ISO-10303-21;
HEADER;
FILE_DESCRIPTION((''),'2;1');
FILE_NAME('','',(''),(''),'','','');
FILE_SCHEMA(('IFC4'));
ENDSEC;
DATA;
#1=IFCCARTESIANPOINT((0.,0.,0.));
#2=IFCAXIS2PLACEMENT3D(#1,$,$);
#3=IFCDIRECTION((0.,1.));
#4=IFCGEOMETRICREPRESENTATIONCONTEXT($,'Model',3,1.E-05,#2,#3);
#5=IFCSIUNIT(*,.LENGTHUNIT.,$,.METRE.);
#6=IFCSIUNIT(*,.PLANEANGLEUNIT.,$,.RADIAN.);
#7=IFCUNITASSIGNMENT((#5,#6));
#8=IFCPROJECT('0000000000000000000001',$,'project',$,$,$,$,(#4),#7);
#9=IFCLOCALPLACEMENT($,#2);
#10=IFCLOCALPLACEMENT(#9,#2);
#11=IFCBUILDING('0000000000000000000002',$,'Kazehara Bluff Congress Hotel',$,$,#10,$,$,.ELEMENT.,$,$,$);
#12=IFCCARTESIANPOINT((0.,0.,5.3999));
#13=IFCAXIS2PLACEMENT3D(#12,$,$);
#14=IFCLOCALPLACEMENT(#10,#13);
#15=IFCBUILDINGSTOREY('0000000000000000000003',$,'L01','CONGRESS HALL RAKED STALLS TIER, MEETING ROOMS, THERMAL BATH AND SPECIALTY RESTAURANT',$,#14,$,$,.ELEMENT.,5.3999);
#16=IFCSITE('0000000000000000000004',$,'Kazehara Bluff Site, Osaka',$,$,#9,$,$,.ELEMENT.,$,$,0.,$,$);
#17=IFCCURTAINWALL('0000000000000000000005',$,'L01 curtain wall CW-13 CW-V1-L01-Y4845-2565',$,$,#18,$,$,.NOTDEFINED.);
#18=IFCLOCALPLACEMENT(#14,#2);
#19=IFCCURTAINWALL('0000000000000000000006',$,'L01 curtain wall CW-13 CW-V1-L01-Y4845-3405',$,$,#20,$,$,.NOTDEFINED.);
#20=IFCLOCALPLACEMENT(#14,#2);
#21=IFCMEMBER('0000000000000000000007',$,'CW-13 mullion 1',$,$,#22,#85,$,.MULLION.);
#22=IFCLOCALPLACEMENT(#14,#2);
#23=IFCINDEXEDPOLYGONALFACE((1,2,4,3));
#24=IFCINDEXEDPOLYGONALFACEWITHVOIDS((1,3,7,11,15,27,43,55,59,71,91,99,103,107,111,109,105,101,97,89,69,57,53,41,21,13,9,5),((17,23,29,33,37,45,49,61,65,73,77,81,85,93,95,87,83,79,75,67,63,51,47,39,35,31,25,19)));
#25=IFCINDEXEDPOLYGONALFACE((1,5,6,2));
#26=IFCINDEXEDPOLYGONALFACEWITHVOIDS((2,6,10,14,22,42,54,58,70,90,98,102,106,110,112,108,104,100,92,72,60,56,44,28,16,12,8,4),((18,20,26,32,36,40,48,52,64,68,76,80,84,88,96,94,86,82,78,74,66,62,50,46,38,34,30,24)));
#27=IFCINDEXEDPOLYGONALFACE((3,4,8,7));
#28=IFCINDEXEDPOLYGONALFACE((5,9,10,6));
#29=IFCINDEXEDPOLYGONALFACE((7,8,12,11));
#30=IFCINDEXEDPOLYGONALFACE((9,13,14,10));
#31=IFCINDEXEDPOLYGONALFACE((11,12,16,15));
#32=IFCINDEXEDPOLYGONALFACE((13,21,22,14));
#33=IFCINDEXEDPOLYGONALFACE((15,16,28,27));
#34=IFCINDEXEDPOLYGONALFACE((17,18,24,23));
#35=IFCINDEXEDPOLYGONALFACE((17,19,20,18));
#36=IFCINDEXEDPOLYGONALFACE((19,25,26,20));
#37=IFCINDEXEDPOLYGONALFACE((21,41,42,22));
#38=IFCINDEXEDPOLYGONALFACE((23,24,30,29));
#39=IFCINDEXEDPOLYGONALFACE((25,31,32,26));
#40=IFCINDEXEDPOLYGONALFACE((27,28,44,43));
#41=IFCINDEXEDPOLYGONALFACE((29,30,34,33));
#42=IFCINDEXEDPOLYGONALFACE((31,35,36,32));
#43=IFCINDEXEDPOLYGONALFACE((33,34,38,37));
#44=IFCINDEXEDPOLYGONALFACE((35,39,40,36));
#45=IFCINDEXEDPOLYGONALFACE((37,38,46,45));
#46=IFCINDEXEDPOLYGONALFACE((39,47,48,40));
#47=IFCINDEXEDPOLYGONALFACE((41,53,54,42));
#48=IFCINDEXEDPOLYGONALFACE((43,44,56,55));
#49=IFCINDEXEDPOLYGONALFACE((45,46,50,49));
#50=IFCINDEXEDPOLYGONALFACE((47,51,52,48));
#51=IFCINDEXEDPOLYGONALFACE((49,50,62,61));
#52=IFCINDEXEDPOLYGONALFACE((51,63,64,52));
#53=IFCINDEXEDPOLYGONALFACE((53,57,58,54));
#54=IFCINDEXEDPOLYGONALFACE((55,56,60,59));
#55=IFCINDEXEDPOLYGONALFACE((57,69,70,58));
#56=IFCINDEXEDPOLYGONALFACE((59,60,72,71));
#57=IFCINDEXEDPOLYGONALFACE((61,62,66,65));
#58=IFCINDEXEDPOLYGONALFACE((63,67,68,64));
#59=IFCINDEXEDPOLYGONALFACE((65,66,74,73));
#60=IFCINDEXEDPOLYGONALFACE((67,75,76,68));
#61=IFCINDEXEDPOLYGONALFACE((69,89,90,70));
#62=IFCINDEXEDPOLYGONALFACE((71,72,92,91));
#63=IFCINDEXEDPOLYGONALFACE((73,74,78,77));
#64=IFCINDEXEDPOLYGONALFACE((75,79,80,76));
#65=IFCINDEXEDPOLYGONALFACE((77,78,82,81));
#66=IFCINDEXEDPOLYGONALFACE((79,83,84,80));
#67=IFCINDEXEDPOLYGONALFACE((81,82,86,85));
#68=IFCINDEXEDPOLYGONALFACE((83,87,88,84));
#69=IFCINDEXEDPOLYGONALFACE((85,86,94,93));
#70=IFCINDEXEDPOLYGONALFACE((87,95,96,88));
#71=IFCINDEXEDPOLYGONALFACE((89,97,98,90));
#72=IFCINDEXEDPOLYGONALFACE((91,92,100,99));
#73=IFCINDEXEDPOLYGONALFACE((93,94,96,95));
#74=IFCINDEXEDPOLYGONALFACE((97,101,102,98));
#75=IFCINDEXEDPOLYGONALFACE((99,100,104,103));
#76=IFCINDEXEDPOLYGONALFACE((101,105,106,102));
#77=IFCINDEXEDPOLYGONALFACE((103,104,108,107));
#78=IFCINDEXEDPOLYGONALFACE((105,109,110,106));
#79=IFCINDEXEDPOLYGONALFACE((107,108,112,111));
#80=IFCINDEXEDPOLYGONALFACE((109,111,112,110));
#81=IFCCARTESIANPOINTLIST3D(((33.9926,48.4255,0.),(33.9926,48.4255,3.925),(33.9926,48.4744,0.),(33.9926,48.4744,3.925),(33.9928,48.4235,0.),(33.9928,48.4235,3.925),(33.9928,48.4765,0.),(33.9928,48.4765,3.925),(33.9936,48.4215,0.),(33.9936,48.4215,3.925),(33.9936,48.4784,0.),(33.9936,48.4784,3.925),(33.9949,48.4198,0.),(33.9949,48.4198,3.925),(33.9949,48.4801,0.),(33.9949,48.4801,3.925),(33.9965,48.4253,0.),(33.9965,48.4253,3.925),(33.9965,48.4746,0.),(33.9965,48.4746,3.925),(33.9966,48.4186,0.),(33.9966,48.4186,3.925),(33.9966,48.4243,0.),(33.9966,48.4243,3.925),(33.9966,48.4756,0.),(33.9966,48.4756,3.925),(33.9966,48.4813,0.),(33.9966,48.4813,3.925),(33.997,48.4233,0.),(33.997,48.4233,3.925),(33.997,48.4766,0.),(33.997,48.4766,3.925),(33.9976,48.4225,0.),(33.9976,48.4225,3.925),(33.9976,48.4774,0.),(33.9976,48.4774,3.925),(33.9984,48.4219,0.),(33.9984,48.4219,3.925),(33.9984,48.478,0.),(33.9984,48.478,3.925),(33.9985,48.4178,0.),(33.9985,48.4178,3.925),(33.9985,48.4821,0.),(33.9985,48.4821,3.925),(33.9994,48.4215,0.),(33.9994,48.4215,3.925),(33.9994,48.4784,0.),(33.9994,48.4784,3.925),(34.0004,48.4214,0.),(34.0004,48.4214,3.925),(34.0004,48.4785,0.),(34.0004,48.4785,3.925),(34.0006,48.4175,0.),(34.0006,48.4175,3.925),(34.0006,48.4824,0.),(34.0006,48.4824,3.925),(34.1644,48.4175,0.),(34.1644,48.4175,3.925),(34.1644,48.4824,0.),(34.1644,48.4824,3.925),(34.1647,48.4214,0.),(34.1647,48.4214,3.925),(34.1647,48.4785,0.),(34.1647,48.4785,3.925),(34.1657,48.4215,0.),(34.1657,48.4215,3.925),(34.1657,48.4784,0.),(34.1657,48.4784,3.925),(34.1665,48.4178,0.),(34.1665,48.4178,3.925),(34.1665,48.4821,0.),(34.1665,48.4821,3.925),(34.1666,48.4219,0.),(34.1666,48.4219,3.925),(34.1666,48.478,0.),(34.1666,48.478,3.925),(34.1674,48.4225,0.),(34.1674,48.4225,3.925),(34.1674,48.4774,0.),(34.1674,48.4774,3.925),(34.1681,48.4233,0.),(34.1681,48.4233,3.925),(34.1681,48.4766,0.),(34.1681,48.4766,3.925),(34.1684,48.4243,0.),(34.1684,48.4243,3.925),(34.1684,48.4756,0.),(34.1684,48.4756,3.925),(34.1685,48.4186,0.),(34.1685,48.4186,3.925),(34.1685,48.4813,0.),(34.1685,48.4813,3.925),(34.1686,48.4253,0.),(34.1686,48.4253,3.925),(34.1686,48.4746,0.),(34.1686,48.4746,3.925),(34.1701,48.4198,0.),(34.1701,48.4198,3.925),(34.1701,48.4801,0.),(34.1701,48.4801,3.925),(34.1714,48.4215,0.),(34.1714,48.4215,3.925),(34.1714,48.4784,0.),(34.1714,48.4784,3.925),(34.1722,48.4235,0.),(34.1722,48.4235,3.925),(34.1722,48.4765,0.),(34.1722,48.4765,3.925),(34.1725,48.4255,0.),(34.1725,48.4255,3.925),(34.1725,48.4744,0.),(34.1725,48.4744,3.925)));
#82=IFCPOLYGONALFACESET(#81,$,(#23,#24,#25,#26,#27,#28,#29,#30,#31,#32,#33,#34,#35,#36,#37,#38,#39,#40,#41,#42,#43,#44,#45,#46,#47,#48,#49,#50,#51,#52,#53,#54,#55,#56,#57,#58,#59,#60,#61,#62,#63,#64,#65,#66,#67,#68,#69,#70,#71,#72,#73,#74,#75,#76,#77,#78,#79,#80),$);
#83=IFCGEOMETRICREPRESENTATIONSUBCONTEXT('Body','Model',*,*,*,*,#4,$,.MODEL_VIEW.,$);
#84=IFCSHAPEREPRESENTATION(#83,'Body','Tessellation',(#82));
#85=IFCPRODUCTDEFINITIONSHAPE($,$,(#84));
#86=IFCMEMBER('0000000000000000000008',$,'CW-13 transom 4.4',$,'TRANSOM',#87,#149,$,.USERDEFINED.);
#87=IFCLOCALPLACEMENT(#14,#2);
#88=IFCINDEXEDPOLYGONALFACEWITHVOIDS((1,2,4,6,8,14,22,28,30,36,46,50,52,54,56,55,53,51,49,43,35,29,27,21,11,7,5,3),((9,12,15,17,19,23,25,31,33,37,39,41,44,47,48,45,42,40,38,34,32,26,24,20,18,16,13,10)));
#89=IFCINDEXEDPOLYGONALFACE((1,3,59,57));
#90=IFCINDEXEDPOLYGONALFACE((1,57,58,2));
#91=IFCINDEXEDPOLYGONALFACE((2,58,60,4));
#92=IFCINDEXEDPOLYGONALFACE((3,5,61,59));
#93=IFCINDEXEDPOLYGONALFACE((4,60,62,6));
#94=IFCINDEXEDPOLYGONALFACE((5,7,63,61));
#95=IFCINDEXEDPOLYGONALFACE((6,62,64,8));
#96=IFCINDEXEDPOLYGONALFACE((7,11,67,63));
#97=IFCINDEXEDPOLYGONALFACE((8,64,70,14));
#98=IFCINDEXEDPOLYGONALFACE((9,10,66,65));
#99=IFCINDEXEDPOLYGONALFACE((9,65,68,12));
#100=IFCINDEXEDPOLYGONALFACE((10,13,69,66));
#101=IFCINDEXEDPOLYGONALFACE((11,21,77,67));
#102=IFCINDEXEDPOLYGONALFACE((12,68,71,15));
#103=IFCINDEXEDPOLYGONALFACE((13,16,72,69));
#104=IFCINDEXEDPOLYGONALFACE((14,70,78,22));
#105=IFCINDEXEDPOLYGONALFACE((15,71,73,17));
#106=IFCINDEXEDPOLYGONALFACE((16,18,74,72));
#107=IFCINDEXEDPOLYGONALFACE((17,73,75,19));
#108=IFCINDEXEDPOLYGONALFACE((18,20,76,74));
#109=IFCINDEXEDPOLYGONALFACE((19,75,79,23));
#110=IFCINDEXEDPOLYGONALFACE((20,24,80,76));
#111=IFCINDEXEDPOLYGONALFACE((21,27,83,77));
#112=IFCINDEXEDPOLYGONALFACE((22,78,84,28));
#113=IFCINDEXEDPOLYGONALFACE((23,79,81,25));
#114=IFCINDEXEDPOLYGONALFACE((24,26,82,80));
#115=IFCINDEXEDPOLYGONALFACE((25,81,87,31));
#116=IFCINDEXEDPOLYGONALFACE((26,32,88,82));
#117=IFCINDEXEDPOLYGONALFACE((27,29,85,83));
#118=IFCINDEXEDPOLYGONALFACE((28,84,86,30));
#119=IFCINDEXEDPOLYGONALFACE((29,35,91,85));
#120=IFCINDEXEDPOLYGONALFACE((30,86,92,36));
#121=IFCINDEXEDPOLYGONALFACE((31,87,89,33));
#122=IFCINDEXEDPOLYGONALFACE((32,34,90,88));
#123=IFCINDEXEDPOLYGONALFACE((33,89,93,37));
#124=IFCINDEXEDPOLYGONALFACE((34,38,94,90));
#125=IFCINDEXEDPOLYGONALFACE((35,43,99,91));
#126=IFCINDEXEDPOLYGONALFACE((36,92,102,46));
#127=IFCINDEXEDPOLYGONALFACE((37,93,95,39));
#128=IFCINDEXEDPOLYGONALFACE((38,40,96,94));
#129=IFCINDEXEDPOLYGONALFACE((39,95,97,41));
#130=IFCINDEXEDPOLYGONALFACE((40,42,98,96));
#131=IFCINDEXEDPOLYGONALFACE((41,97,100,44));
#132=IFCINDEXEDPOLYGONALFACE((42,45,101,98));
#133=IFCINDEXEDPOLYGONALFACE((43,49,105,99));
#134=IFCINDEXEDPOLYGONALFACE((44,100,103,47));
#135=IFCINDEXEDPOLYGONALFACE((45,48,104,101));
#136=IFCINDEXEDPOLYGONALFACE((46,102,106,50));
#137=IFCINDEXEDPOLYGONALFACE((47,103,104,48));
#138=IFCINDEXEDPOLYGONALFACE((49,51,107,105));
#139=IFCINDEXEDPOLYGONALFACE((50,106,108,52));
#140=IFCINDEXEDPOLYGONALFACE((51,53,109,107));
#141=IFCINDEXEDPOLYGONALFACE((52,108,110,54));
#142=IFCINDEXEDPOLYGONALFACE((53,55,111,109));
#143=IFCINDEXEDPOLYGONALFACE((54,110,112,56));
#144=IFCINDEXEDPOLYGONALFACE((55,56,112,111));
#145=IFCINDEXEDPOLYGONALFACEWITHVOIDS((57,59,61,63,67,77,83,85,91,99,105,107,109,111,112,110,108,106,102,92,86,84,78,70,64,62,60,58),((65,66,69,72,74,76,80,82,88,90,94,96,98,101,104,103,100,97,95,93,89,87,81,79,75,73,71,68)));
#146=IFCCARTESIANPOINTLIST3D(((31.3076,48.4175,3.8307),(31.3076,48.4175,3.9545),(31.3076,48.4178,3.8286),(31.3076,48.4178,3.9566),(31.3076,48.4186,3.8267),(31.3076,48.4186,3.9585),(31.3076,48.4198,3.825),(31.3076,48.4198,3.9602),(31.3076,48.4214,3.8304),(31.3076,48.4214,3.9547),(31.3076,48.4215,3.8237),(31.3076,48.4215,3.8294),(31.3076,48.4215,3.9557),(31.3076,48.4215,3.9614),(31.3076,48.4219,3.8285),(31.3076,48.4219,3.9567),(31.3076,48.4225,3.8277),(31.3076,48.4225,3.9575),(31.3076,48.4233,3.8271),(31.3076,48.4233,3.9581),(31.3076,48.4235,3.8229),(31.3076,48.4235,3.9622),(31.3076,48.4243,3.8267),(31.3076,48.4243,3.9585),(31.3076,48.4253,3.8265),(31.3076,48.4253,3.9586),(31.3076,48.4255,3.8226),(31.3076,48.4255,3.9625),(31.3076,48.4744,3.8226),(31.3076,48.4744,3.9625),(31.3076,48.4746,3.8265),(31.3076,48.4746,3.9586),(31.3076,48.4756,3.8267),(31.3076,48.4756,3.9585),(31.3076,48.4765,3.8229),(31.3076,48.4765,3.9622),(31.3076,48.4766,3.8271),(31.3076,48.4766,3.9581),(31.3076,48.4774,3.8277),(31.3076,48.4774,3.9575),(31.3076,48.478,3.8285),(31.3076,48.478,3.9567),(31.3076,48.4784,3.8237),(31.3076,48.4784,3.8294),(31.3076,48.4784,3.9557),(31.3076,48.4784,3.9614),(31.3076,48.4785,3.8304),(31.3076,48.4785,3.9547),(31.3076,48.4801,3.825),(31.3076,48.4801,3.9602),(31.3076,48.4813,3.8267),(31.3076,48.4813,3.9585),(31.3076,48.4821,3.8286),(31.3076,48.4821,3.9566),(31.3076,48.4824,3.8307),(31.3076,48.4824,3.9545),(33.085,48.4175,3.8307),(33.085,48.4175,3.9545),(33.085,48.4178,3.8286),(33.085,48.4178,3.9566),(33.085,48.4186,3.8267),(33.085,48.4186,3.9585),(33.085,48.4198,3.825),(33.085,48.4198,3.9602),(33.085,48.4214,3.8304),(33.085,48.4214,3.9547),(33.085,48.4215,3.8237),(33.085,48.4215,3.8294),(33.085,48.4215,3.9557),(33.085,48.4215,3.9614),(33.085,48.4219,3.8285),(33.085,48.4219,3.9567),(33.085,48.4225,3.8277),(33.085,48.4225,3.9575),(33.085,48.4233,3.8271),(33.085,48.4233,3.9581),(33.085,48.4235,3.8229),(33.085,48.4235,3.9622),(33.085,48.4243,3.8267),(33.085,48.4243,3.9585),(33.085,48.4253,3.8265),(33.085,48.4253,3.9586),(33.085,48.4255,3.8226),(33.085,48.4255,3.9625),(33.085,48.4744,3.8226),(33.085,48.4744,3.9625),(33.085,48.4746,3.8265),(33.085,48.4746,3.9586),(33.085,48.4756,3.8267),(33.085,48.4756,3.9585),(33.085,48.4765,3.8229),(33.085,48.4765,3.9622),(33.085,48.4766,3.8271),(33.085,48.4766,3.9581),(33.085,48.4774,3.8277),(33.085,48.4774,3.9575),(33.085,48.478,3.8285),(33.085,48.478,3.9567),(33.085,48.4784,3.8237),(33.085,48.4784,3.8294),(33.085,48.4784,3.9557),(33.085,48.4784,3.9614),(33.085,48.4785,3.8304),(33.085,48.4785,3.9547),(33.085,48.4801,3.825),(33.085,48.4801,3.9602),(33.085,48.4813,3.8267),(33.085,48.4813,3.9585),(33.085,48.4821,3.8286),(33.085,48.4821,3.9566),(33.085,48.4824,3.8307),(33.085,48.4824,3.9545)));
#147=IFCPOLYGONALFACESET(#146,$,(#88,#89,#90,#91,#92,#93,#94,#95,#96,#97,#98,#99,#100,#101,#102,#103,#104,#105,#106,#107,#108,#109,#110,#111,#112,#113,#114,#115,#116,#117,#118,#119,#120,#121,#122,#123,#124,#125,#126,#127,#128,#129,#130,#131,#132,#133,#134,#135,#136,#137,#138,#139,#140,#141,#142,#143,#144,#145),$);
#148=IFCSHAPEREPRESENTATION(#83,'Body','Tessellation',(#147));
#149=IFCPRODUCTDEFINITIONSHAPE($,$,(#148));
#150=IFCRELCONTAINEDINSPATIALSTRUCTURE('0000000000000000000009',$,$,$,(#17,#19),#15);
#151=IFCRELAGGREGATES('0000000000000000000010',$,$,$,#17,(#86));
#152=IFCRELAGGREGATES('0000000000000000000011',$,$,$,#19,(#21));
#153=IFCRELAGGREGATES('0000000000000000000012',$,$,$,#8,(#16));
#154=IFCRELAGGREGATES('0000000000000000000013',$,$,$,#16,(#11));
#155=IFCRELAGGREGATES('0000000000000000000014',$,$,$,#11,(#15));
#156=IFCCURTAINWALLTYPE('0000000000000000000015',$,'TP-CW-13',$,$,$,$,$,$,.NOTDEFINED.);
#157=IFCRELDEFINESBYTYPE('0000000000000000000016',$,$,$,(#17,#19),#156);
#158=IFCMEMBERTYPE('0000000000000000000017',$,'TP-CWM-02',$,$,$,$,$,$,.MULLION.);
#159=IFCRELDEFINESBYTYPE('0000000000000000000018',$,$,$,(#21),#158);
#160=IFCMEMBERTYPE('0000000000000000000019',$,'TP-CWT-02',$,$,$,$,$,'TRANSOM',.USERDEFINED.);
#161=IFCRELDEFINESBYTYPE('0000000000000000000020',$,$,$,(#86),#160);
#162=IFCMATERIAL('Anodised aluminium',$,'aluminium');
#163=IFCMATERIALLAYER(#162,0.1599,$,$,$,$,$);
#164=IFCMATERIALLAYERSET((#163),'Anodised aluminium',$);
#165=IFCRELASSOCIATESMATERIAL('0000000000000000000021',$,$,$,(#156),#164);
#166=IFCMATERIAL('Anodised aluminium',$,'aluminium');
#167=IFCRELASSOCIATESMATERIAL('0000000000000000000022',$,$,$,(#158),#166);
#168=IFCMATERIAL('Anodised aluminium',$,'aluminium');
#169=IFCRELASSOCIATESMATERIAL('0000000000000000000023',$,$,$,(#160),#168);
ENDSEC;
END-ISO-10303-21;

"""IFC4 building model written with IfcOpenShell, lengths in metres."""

from ifc_helpers import new_model, si_unit, direction, frame, origin, origin_2d, place, context, subcontext, project, spatial, hollow_rectangle, extrude, material, layer, layer_set, material_profile, profile_set, type_object, element, aggregate, save


model = new_model("IFC4")

# Units and contexts
model_context = context("Model", 3, precision=1e-05, world=origin(), true_north=direction((0.0, 1.0)))
body_context = subcontext(model_context, "Body", "Model", "MODEL_VIEW")
ifc_project = project(units=[si_unit("LENGTHUNIT", "METRE"), si_unit("PLANEANGLEUNIT", "RADIAN")], contexts=[model_context])

# Site, building, storey
site_placement = place(None, origin())
site = spatial("IfcSite", under=ifc_project, at=site_placement, Name="Kazehara Bluff Site, Osaka", CompositionType="ELEMENT", RefElevation=0.0)
building_placement = place(site_placement, origin())
building = spatial("IfcBuilding", under=site, at=building_placement, Name="Kazehara Bluff Congress Hotel", CompositionType="ELEMENT")
storey_placement = place(building_placement, frame((0.0, 0.0, 5.3999)))
storey = spatial("IfcBuildingStorey", under=building, at=storey_placement, Name="L01", Description="CONGRESS HALL RAKED STALLS TIER, MEETING ROOMS, THERMAL BATH AND SPECIALTY RESTAURANT", CompositionType="ELEMENT", Elevation=5.3999)

# Curtain walls, member
ifc_material_1 = material(Name="Anodised aluminium", Category="aluminium")
ifc_layer_1 = layer(ifc_material_1, 0.1599)
ifc_layer_set_1 = layer_set([ifc_layer_1], Name="Anodised aluminium")
curtain_wall_type = type_object("IfcCurtainWallType", Name="TP-CW-13", PredefinedType="NOTDEFINED", material=ifc_layer_set_1)
curtain_wall_1_placement = place(storey_placement, origin())
curtain_wall_1 = element("IfcCurtainWall", 1, at=curtain_wall_1_placement, inside=storey, type_object=curtain_wall_type, Name="L01 curtain wall CW-13 CW-V1-L01-Y4845-2565", PredefinedType="NOTDEFINED")
ifc_material_2 = material(Name="Anodised aluminium", Category="aluminium")
ifc_material_profile_1 = material_profile(ifc_material_2, hollow_rectangle(XDim=0.0649, YDim=0.1799, WallThickness=0.0039, InnerFilletRadius=0.0039, OuterFilletRadius=0.0081, at=origin_2d()))
ifc_profile_set_1 = profile_set([ifc_material_profile_1], Name="Anodised aluminium")
member_type_1 = type_object("IfcMemberType", Name="TP-CWM-02", PredefinedType="MULLION", material=ifc_profile_set_1)
curtain_wall_2_placement = place(storey_placement, origin())
curtain_wall_2 = element("IfcCurtainWall", 2, at=curtain_wall_2_placement, inside=storey, type_object=curtain_wall_type, Name="L01 curtain wall CW-13 CW-V1-L01-Y4845-3405", PredefinedType="NOTDEFINED")
member_1_placement = place(storey_placement, frame((34.0825, 48.45, 0.0), z_axis=(0.0, 0.0, 1.0), x_axis=(0.0, 1.0, 0.0)))
member_1 = element("IfcMember", 3, at=member_1_placement, type_object=member_type_1, Name="CW-13 mullion 1", PredefinedType="MULLION", context=body_context, shape_type="SweptSolid", body=[
    extrude(hollow_rectangle(XDim=0.0649, YDim=0.1799, WallThickness=0.0039, InnerFilletRadius=0.0039, OuterFilletRadius=0.0081, at=origin_2d()), origin(), (0.0, 0.0, 1.0), 3.925),
])

# Member
ifc_material_3 = material(Name="Anodised aluminium", Category="aluminium")
ifc_material_profile_2 = material_profile(ifc_material_3, hollow_rectangle(XDim=0.0649, YDim=0.1399, WallThickness=0.0039, InnerFilletRadius=0.0039, OuterFilletRadius=0.0081, at=origin_2d()))
ifc_profile_set_2 = profile_set([ifc_material_profile_2], Name="Anodised aluminium")
member_type_2 = type_object("IfcMemberType", Name="TP-CWT-02", ElementType="TRANSOM", PredefinedType="USERDEFINED", material=ifc_profile_set_2)
member_2_placement = place(storey_placement, frame((31.3076, 48.45, 3.8926), z_axis=(1.0, 0.0, 0.0), x_axis=(0.0, 1.0, 0.0)))
member_2 = element("IfcMember", 4, at=member_2_placement, type_object=member_type_2, Name="CW-13 transom 4.4", ObjectType="TRANSOM", PredefinedType="USERDEFINED", context=body_context, shape_type="SweptSolid", body=[
    extrude(hollow_rectangle(XDim=0.0649, YDim=0.1399, WallThickness=0.0039, InnerFilletRadius=0.0039, OuterFilletRadius=0.0081, at=origin_2d()), origin(), (0.0, 0.0, 1.0), 1.7773),
])

aggregate(curtain_wall_1, [member_2])
aggregate(curtain_wall_2, [member_1])

save(model, "model.ifc")
